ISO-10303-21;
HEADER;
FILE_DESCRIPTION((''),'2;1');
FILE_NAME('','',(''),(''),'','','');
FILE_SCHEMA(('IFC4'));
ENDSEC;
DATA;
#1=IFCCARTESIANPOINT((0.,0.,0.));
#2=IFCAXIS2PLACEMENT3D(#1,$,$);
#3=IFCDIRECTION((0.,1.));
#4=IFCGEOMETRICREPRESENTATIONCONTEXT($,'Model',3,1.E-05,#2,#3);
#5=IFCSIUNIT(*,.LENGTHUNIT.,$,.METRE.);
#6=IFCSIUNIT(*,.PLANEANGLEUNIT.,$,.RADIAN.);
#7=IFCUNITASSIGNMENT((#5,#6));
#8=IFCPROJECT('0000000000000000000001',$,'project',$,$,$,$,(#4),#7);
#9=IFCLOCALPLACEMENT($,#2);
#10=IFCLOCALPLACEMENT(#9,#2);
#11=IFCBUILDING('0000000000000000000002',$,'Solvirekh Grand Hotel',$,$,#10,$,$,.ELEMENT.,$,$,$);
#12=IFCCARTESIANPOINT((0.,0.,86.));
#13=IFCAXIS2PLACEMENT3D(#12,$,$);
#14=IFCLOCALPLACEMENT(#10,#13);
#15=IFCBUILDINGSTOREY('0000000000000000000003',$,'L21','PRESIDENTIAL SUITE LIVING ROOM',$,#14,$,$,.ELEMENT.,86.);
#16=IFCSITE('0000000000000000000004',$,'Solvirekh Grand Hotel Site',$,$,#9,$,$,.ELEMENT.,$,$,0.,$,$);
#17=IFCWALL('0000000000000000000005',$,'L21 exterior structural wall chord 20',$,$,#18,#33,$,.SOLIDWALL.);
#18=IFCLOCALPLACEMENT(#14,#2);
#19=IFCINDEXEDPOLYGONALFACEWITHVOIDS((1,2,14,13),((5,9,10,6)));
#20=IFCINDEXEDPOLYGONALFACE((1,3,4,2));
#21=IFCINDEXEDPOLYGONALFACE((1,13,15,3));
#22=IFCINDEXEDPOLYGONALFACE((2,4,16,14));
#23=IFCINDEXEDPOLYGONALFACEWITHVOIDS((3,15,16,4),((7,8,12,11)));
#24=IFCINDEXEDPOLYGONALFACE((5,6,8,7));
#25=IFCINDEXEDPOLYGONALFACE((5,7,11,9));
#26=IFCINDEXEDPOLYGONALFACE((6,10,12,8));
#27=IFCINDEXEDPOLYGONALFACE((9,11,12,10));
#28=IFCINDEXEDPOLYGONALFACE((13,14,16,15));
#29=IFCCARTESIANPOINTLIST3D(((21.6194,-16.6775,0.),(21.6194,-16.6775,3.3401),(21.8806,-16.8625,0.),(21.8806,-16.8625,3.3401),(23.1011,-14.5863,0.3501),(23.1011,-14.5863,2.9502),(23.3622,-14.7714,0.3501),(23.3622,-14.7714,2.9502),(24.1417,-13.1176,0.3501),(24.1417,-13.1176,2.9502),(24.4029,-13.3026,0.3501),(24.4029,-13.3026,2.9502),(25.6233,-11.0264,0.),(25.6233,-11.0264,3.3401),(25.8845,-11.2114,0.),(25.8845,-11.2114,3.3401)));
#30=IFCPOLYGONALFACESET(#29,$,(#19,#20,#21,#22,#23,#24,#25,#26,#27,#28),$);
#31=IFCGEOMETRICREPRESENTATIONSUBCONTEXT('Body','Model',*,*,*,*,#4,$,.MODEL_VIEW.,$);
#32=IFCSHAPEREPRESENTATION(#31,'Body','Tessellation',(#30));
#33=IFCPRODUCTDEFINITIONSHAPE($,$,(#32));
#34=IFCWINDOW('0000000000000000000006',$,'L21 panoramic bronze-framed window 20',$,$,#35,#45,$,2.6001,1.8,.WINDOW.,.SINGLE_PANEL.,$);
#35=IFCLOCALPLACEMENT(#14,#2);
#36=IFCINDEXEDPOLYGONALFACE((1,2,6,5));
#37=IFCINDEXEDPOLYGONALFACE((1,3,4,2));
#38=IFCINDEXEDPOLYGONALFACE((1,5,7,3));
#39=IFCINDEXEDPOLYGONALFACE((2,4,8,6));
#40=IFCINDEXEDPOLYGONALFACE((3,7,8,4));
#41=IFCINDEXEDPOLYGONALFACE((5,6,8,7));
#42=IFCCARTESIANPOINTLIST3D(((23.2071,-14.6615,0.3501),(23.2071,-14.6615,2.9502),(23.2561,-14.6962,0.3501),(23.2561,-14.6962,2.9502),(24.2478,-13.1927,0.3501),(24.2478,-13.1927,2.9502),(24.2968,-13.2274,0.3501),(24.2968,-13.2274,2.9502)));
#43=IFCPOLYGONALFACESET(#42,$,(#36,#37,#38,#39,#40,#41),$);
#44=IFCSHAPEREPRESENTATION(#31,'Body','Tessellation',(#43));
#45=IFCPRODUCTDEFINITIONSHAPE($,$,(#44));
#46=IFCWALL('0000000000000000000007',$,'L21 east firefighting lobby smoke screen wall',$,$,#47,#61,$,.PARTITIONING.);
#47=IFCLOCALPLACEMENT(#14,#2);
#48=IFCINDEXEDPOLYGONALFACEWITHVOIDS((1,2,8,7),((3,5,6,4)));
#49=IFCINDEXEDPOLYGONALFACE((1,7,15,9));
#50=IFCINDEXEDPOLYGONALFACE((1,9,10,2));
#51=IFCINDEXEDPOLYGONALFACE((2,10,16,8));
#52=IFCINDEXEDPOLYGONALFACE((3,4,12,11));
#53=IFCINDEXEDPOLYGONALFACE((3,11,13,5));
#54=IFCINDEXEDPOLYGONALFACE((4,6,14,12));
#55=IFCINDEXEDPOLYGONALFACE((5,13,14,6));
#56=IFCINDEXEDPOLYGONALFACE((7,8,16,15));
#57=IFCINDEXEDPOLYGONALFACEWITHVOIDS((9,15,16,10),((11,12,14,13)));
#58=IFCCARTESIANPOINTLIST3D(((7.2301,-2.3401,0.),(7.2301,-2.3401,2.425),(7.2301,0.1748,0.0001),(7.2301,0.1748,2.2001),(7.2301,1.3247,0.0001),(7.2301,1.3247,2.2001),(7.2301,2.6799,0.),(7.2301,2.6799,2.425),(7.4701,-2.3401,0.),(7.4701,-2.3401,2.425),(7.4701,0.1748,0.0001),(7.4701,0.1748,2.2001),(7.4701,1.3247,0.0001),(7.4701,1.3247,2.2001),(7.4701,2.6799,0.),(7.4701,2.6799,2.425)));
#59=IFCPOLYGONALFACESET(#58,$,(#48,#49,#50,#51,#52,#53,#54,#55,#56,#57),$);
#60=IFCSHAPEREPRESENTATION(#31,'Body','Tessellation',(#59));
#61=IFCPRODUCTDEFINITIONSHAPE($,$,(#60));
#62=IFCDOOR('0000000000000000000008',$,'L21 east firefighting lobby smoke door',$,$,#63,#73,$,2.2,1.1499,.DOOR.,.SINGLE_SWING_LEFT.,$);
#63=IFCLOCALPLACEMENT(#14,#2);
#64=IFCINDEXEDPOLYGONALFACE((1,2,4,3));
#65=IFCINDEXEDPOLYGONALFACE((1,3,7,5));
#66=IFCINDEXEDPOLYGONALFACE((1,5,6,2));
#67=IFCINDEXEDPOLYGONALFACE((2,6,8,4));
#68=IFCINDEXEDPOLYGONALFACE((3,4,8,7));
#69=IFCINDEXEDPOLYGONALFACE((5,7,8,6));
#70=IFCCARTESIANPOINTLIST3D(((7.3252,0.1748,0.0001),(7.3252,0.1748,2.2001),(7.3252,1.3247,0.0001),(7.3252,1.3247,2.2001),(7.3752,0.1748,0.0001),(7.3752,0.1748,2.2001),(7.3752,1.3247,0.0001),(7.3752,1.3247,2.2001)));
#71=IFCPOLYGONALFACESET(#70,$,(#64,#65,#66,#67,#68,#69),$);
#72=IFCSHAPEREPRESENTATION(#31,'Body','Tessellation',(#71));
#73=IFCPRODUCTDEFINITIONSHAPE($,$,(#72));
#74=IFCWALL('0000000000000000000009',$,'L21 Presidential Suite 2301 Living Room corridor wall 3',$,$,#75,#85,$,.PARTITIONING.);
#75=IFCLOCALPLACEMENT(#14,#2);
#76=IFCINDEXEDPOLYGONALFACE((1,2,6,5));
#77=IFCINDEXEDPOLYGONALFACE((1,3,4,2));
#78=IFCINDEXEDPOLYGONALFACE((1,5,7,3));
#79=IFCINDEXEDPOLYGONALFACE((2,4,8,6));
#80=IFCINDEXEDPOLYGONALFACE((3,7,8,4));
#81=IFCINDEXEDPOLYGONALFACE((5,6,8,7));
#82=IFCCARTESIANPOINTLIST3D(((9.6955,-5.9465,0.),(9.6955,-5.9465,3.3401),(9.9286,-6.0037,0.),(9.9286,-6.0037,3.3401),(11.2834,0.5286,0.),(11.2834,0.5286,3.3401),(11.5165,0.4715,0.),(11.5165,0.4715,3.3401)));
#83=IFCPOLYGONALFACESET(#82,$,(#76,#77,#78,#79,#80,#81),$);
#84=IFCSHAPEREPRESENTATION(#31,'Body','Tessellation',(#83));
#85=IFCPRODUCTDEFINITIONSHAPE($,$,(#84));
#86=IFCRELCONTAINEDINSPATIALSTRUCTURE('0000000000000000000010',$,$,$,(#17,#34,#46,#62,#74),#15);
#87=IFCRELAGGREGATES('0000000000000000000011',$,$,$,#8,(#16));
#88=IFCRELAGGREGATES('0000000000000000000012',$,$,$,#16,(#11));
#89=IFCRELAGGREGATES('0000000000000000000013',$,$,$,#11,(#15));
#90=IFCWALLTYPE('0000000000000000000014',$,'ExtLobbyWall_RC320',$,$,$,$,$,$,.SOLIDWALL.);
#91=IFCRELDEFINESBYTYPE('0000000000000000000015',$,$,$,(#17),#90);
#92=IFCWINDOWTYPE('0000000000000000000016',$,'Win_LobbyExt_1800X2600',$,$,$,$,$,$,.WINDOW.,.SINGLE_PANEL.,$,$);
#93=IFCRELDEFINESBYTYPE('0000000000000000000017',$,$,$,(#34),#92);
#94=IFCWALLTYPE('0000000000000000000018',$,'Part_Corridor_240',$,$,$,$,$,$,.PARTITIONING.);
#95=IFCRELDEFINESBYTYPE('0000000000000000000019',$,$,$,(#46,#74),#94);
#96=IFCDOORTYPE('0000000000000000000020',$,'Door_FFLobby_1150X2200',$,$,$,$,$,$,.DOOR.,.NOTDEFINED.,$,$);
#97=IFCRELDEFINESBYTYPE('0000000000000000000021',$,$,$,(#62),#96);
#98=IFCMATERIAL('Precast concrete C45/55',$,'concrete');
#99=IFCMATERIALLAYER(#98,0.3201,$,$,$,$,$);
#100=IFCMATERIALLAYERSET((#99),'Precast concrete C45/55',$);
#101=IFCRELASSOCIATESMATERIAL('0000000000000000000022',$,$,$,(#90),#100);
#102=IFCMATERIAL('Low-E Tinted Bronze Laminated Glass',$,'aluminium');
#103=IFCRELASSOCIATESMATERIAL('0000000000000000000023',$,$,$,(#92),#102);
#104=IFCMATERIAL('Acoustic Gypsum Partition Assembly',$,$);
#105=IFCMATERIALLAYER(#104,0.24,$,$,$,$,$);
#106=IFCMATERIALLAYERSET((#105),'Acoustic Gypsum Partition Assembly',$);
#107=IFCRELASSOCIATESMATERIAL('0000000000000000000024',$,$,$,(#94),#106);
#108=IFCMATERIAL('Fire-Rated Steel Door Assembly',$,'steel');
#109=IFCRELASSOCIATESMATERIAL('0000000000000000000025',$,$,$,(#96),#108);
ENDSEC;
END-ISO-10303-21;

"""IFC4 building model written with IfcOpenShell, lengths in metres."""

from ifc_helpers import new_model, si_unit, direction, frame, frame_2d, origin, place, context, subcontext, project, spatial, rectangle, extrude, material, layer, layer_set, type_object, element, fill, save


model = new_model("IFC4")

# Units and contexts
model_context = context("Model", 3, precision=1e-05, world=origin(), true_north=direction((0.0, 1.0)))
body_context = subcontext(model_context, "Body", "Model", "MODEL_VIEW")
ifc_project = project(units=[si_unit("LENGTHUNIT", "METRE"), si_unit("PLANEANGLEUNIT", "RADIAN")], contexts=[model_context])

# Site, building, storey
site_placement = place(None, origin())
site = spatial("IfcSite", under=ifc_project, at=site_placement, Name="Solvirekh Grand Hotel Site", CompositionType="ELEMENT", RefElevation=0.0)
building_placement = place(site_placement, origin())
building = spatial("IfcBuilding", under=site, at=building_placement, Name="Solvirekh Grand Hotel", CompositionType="ELEMENT")
storey_placement = place(building_placement, frame((0.0, 0.0, 86.0)))
storey = spatial("IfcBuildingStorey", under=building, at=storey_placement, Name="L21", Description="PRESIDENTIAL SUITE LIVING ROOM", CompositionType="ELEMENT", Elevation=86.0)

# Shared definitions
ifc_material_1 = material(Name="Low-E Tinted Bronze Laminated Glass", Category="aluminium")

# Wall, opening, window
ifc_material_2 = material(Name="Precast concrete C45/55", Category="concrete")
ifc_layer_1 = layer(ifc_material_2, 0.3201)
ifc_layer_set_1 = layer_set([ifc_layer_1], Name="Precast concrete C45/55")
wall_type_1 = type_object("IfcWallType", Name="ExtLobbyWall_RC320", PredefinedType="SOLIDWALL", material=ifc_layer_set_1)
window_type = type_object("IfcWindowType", Name="Win_LobbyExt_1800X2600", PartitioningType="SINGLE_PANEL", PredefinedType="WINDOW", material=ifc_material_1)
wall_1_placement = place(storey_placement, frame((25.7539, -11.1189, 0.0), z_axis=(0.0, 0.0, 1.0), x_axis=(-0.578116, -0.815955, 0.0)))
wall_1 = element("IfcWall", 1, at=wall_1_placement, inside=storey, type_object=wall_type_1, Name="L21 exterior structural wall chord 20", PredefinedType="SOLIDWALL", context=body_context, shape_type="SweptSolid", body=[
    extrude(rectangle(XDim=6.9258, YDim=0.3201, at=frame_2d((3.4629, 0.0))), origin(), (0.0, 0.0, 1.0), 3.3401),
])
opening_1_placement = place(wall_1_placement, frame((2.563, 0.0, 0.3501)))
opening_1 = element("IfcOpeningElement", 2, at=opening_1_placement, cuts=wall_1, PredefinedType="OPENING", context=body_context, shape_type="SweptSolid", body=[
    extrude(rectangle(XDim=1.8, YDim=2.6001, at=frame_2d((0.8999, 1.3))), frame((0.0, 0.1699, 0.0), z_axis=(0.0, -1.0, 0.0), x_axis=(1.0, 0.0, 0.0)), (0.0, 0.0, 1.0), 0.3401),
])
window_1_placement = place(opening_1_placement, origin())
window_1 = element("IfcWindow", 3, at=window_1_placement, inside=storey, type_object=window_type, Name="L21 panoramic bronze-framed window 20", OverallHeight=2.6001, OverallWidth=1.8, PartitioningType="SINGLE_PANEL", PredefinedType="WINDOW", context=body_context, shape_type="SweptSolid", body=[
    extrude(rectangle(XDim=1.8, YDim=2.6001, at=frame_2d((0.8999, 1.3))), frame((0.0, 0.03, 0.0), z_axis=(0.0, -1.0, 0.0), x_axis=(1.0, 0.0, 0.0)), (0.0, 0.0, 1.0), 0.0601),
])
fill(opening_1, window_1)

# Wall, opening, door
ifc_material_3 = material(Name="Acoustic Gypsum Partition Assembly")
ifc_layer_2 = layer(ifc_material_3, 0.24)
ifc_layer_set_2 = layer_set([ifc_layer_2], Name="Acoustic Gypsum Partition Assembly")
wall_type_2 = type_object("IfcWallType", Name="Part_Corridor_240", PredefinedType="PARTITIONING", material=ifc_layer_set_2)
wall_2_placement = place(storey_placement, frame((7.3501, -2.3401, 0.0), z_axis=(0.0, 0.0, 1.0), x_axis=(0.0, 1.0, 0.0)))
wall_2 = element("IfcWall", 4, at=wall_2_placement, inside=storey, type_object=wall_type_2, Name="L21 east firefighting lobby smoke screen wall", PredefinedType="PARTITIONING", context=body_context, shape_type="SweptSolid", body=[
    extrude(rectangle(XDim=5.02, YDim=0.24, at=frame_2d((2.51, 0.0))), origin(), (0.0, 0.0, 1.0), 2.425),
])
opening_2_placement = place(wall_2_placement, frame((2.5149, 0.0, 0.0)))
opening_2 = element("IfcOpeningElement", 5, at=opening_2_placement, cuts=wall_2, PredefinedType="OPENING", context=body_context, shape_type="SweptSolid", body=[
    extrude(rectangle(XDim=1.1499, YDim=2.2, at=frame_2d((0.575, 1.1001))), frame((0.0, 0.1299, 0.0), z_axis=(0.0, -1.0, 0.0), x_axis=(1.0, 0.0, 0.0)), (0.0, 0.0, 1.0), 0.26),
])
ifc_material_4 = material(Name="Fire-Rated Steel Door Assembly", Category="steel")
door_type = type_object("IfcDoorType", Name="Door_FFLobby_1150X2200", OperationType="NOTDEFINED", PredefinedType="DOOR", material=ifc_material_4)
door_placement = place(opening_2_placement, origin())
door = element("IfcDoor", 6, at=door_placement, inside=storey, type_object=door_type, Name="L21 east firefighting lobby smoke door", OperationType="SINGLE_SWING_LEFT", OverallHeight=2.2, OverallWidth=1.1499, PredefinedType="DOOR", context=body_context, shape_type="SweptSolid", body=[
    extrude(rectangle(XDim=1.1499, YDim=2.2, at=frame_2d((0.575, 1.1001))), frame((0.0, 0.0249, 0.0), z_axis=(0.0, -1.0, 0.0), x_axis=(1.0, 0.0, 0.0)), (0.0, 0.0, 1.0), 0.05),
])
fill(opening_2, door)

# Wall
wall_3_placement = place(storey_placement, frame((9.812, -5.9751, 0.0), z_axis=(0.0, 0.0, 1.0), x_axis=(0.238173, 0.971223, 0.0)))
element("IfcWall", 7, at=wall_3_placement, inside=storey, type_object=wall_type_2, Name="L21 Presidential Suite 2301 Living Room corridor wall 3", PredefinedType="PARTITIONING", context=body_context, shape_type="SweptSolid", body=[
    extrude(rectangle(XDim=6.667, YDim=0.24, at=frame_2d((3.3335, 0.0))), origin(), (0.0, 0.0, 1.0), 3.3401),
])

save(model, "model.ifc")
